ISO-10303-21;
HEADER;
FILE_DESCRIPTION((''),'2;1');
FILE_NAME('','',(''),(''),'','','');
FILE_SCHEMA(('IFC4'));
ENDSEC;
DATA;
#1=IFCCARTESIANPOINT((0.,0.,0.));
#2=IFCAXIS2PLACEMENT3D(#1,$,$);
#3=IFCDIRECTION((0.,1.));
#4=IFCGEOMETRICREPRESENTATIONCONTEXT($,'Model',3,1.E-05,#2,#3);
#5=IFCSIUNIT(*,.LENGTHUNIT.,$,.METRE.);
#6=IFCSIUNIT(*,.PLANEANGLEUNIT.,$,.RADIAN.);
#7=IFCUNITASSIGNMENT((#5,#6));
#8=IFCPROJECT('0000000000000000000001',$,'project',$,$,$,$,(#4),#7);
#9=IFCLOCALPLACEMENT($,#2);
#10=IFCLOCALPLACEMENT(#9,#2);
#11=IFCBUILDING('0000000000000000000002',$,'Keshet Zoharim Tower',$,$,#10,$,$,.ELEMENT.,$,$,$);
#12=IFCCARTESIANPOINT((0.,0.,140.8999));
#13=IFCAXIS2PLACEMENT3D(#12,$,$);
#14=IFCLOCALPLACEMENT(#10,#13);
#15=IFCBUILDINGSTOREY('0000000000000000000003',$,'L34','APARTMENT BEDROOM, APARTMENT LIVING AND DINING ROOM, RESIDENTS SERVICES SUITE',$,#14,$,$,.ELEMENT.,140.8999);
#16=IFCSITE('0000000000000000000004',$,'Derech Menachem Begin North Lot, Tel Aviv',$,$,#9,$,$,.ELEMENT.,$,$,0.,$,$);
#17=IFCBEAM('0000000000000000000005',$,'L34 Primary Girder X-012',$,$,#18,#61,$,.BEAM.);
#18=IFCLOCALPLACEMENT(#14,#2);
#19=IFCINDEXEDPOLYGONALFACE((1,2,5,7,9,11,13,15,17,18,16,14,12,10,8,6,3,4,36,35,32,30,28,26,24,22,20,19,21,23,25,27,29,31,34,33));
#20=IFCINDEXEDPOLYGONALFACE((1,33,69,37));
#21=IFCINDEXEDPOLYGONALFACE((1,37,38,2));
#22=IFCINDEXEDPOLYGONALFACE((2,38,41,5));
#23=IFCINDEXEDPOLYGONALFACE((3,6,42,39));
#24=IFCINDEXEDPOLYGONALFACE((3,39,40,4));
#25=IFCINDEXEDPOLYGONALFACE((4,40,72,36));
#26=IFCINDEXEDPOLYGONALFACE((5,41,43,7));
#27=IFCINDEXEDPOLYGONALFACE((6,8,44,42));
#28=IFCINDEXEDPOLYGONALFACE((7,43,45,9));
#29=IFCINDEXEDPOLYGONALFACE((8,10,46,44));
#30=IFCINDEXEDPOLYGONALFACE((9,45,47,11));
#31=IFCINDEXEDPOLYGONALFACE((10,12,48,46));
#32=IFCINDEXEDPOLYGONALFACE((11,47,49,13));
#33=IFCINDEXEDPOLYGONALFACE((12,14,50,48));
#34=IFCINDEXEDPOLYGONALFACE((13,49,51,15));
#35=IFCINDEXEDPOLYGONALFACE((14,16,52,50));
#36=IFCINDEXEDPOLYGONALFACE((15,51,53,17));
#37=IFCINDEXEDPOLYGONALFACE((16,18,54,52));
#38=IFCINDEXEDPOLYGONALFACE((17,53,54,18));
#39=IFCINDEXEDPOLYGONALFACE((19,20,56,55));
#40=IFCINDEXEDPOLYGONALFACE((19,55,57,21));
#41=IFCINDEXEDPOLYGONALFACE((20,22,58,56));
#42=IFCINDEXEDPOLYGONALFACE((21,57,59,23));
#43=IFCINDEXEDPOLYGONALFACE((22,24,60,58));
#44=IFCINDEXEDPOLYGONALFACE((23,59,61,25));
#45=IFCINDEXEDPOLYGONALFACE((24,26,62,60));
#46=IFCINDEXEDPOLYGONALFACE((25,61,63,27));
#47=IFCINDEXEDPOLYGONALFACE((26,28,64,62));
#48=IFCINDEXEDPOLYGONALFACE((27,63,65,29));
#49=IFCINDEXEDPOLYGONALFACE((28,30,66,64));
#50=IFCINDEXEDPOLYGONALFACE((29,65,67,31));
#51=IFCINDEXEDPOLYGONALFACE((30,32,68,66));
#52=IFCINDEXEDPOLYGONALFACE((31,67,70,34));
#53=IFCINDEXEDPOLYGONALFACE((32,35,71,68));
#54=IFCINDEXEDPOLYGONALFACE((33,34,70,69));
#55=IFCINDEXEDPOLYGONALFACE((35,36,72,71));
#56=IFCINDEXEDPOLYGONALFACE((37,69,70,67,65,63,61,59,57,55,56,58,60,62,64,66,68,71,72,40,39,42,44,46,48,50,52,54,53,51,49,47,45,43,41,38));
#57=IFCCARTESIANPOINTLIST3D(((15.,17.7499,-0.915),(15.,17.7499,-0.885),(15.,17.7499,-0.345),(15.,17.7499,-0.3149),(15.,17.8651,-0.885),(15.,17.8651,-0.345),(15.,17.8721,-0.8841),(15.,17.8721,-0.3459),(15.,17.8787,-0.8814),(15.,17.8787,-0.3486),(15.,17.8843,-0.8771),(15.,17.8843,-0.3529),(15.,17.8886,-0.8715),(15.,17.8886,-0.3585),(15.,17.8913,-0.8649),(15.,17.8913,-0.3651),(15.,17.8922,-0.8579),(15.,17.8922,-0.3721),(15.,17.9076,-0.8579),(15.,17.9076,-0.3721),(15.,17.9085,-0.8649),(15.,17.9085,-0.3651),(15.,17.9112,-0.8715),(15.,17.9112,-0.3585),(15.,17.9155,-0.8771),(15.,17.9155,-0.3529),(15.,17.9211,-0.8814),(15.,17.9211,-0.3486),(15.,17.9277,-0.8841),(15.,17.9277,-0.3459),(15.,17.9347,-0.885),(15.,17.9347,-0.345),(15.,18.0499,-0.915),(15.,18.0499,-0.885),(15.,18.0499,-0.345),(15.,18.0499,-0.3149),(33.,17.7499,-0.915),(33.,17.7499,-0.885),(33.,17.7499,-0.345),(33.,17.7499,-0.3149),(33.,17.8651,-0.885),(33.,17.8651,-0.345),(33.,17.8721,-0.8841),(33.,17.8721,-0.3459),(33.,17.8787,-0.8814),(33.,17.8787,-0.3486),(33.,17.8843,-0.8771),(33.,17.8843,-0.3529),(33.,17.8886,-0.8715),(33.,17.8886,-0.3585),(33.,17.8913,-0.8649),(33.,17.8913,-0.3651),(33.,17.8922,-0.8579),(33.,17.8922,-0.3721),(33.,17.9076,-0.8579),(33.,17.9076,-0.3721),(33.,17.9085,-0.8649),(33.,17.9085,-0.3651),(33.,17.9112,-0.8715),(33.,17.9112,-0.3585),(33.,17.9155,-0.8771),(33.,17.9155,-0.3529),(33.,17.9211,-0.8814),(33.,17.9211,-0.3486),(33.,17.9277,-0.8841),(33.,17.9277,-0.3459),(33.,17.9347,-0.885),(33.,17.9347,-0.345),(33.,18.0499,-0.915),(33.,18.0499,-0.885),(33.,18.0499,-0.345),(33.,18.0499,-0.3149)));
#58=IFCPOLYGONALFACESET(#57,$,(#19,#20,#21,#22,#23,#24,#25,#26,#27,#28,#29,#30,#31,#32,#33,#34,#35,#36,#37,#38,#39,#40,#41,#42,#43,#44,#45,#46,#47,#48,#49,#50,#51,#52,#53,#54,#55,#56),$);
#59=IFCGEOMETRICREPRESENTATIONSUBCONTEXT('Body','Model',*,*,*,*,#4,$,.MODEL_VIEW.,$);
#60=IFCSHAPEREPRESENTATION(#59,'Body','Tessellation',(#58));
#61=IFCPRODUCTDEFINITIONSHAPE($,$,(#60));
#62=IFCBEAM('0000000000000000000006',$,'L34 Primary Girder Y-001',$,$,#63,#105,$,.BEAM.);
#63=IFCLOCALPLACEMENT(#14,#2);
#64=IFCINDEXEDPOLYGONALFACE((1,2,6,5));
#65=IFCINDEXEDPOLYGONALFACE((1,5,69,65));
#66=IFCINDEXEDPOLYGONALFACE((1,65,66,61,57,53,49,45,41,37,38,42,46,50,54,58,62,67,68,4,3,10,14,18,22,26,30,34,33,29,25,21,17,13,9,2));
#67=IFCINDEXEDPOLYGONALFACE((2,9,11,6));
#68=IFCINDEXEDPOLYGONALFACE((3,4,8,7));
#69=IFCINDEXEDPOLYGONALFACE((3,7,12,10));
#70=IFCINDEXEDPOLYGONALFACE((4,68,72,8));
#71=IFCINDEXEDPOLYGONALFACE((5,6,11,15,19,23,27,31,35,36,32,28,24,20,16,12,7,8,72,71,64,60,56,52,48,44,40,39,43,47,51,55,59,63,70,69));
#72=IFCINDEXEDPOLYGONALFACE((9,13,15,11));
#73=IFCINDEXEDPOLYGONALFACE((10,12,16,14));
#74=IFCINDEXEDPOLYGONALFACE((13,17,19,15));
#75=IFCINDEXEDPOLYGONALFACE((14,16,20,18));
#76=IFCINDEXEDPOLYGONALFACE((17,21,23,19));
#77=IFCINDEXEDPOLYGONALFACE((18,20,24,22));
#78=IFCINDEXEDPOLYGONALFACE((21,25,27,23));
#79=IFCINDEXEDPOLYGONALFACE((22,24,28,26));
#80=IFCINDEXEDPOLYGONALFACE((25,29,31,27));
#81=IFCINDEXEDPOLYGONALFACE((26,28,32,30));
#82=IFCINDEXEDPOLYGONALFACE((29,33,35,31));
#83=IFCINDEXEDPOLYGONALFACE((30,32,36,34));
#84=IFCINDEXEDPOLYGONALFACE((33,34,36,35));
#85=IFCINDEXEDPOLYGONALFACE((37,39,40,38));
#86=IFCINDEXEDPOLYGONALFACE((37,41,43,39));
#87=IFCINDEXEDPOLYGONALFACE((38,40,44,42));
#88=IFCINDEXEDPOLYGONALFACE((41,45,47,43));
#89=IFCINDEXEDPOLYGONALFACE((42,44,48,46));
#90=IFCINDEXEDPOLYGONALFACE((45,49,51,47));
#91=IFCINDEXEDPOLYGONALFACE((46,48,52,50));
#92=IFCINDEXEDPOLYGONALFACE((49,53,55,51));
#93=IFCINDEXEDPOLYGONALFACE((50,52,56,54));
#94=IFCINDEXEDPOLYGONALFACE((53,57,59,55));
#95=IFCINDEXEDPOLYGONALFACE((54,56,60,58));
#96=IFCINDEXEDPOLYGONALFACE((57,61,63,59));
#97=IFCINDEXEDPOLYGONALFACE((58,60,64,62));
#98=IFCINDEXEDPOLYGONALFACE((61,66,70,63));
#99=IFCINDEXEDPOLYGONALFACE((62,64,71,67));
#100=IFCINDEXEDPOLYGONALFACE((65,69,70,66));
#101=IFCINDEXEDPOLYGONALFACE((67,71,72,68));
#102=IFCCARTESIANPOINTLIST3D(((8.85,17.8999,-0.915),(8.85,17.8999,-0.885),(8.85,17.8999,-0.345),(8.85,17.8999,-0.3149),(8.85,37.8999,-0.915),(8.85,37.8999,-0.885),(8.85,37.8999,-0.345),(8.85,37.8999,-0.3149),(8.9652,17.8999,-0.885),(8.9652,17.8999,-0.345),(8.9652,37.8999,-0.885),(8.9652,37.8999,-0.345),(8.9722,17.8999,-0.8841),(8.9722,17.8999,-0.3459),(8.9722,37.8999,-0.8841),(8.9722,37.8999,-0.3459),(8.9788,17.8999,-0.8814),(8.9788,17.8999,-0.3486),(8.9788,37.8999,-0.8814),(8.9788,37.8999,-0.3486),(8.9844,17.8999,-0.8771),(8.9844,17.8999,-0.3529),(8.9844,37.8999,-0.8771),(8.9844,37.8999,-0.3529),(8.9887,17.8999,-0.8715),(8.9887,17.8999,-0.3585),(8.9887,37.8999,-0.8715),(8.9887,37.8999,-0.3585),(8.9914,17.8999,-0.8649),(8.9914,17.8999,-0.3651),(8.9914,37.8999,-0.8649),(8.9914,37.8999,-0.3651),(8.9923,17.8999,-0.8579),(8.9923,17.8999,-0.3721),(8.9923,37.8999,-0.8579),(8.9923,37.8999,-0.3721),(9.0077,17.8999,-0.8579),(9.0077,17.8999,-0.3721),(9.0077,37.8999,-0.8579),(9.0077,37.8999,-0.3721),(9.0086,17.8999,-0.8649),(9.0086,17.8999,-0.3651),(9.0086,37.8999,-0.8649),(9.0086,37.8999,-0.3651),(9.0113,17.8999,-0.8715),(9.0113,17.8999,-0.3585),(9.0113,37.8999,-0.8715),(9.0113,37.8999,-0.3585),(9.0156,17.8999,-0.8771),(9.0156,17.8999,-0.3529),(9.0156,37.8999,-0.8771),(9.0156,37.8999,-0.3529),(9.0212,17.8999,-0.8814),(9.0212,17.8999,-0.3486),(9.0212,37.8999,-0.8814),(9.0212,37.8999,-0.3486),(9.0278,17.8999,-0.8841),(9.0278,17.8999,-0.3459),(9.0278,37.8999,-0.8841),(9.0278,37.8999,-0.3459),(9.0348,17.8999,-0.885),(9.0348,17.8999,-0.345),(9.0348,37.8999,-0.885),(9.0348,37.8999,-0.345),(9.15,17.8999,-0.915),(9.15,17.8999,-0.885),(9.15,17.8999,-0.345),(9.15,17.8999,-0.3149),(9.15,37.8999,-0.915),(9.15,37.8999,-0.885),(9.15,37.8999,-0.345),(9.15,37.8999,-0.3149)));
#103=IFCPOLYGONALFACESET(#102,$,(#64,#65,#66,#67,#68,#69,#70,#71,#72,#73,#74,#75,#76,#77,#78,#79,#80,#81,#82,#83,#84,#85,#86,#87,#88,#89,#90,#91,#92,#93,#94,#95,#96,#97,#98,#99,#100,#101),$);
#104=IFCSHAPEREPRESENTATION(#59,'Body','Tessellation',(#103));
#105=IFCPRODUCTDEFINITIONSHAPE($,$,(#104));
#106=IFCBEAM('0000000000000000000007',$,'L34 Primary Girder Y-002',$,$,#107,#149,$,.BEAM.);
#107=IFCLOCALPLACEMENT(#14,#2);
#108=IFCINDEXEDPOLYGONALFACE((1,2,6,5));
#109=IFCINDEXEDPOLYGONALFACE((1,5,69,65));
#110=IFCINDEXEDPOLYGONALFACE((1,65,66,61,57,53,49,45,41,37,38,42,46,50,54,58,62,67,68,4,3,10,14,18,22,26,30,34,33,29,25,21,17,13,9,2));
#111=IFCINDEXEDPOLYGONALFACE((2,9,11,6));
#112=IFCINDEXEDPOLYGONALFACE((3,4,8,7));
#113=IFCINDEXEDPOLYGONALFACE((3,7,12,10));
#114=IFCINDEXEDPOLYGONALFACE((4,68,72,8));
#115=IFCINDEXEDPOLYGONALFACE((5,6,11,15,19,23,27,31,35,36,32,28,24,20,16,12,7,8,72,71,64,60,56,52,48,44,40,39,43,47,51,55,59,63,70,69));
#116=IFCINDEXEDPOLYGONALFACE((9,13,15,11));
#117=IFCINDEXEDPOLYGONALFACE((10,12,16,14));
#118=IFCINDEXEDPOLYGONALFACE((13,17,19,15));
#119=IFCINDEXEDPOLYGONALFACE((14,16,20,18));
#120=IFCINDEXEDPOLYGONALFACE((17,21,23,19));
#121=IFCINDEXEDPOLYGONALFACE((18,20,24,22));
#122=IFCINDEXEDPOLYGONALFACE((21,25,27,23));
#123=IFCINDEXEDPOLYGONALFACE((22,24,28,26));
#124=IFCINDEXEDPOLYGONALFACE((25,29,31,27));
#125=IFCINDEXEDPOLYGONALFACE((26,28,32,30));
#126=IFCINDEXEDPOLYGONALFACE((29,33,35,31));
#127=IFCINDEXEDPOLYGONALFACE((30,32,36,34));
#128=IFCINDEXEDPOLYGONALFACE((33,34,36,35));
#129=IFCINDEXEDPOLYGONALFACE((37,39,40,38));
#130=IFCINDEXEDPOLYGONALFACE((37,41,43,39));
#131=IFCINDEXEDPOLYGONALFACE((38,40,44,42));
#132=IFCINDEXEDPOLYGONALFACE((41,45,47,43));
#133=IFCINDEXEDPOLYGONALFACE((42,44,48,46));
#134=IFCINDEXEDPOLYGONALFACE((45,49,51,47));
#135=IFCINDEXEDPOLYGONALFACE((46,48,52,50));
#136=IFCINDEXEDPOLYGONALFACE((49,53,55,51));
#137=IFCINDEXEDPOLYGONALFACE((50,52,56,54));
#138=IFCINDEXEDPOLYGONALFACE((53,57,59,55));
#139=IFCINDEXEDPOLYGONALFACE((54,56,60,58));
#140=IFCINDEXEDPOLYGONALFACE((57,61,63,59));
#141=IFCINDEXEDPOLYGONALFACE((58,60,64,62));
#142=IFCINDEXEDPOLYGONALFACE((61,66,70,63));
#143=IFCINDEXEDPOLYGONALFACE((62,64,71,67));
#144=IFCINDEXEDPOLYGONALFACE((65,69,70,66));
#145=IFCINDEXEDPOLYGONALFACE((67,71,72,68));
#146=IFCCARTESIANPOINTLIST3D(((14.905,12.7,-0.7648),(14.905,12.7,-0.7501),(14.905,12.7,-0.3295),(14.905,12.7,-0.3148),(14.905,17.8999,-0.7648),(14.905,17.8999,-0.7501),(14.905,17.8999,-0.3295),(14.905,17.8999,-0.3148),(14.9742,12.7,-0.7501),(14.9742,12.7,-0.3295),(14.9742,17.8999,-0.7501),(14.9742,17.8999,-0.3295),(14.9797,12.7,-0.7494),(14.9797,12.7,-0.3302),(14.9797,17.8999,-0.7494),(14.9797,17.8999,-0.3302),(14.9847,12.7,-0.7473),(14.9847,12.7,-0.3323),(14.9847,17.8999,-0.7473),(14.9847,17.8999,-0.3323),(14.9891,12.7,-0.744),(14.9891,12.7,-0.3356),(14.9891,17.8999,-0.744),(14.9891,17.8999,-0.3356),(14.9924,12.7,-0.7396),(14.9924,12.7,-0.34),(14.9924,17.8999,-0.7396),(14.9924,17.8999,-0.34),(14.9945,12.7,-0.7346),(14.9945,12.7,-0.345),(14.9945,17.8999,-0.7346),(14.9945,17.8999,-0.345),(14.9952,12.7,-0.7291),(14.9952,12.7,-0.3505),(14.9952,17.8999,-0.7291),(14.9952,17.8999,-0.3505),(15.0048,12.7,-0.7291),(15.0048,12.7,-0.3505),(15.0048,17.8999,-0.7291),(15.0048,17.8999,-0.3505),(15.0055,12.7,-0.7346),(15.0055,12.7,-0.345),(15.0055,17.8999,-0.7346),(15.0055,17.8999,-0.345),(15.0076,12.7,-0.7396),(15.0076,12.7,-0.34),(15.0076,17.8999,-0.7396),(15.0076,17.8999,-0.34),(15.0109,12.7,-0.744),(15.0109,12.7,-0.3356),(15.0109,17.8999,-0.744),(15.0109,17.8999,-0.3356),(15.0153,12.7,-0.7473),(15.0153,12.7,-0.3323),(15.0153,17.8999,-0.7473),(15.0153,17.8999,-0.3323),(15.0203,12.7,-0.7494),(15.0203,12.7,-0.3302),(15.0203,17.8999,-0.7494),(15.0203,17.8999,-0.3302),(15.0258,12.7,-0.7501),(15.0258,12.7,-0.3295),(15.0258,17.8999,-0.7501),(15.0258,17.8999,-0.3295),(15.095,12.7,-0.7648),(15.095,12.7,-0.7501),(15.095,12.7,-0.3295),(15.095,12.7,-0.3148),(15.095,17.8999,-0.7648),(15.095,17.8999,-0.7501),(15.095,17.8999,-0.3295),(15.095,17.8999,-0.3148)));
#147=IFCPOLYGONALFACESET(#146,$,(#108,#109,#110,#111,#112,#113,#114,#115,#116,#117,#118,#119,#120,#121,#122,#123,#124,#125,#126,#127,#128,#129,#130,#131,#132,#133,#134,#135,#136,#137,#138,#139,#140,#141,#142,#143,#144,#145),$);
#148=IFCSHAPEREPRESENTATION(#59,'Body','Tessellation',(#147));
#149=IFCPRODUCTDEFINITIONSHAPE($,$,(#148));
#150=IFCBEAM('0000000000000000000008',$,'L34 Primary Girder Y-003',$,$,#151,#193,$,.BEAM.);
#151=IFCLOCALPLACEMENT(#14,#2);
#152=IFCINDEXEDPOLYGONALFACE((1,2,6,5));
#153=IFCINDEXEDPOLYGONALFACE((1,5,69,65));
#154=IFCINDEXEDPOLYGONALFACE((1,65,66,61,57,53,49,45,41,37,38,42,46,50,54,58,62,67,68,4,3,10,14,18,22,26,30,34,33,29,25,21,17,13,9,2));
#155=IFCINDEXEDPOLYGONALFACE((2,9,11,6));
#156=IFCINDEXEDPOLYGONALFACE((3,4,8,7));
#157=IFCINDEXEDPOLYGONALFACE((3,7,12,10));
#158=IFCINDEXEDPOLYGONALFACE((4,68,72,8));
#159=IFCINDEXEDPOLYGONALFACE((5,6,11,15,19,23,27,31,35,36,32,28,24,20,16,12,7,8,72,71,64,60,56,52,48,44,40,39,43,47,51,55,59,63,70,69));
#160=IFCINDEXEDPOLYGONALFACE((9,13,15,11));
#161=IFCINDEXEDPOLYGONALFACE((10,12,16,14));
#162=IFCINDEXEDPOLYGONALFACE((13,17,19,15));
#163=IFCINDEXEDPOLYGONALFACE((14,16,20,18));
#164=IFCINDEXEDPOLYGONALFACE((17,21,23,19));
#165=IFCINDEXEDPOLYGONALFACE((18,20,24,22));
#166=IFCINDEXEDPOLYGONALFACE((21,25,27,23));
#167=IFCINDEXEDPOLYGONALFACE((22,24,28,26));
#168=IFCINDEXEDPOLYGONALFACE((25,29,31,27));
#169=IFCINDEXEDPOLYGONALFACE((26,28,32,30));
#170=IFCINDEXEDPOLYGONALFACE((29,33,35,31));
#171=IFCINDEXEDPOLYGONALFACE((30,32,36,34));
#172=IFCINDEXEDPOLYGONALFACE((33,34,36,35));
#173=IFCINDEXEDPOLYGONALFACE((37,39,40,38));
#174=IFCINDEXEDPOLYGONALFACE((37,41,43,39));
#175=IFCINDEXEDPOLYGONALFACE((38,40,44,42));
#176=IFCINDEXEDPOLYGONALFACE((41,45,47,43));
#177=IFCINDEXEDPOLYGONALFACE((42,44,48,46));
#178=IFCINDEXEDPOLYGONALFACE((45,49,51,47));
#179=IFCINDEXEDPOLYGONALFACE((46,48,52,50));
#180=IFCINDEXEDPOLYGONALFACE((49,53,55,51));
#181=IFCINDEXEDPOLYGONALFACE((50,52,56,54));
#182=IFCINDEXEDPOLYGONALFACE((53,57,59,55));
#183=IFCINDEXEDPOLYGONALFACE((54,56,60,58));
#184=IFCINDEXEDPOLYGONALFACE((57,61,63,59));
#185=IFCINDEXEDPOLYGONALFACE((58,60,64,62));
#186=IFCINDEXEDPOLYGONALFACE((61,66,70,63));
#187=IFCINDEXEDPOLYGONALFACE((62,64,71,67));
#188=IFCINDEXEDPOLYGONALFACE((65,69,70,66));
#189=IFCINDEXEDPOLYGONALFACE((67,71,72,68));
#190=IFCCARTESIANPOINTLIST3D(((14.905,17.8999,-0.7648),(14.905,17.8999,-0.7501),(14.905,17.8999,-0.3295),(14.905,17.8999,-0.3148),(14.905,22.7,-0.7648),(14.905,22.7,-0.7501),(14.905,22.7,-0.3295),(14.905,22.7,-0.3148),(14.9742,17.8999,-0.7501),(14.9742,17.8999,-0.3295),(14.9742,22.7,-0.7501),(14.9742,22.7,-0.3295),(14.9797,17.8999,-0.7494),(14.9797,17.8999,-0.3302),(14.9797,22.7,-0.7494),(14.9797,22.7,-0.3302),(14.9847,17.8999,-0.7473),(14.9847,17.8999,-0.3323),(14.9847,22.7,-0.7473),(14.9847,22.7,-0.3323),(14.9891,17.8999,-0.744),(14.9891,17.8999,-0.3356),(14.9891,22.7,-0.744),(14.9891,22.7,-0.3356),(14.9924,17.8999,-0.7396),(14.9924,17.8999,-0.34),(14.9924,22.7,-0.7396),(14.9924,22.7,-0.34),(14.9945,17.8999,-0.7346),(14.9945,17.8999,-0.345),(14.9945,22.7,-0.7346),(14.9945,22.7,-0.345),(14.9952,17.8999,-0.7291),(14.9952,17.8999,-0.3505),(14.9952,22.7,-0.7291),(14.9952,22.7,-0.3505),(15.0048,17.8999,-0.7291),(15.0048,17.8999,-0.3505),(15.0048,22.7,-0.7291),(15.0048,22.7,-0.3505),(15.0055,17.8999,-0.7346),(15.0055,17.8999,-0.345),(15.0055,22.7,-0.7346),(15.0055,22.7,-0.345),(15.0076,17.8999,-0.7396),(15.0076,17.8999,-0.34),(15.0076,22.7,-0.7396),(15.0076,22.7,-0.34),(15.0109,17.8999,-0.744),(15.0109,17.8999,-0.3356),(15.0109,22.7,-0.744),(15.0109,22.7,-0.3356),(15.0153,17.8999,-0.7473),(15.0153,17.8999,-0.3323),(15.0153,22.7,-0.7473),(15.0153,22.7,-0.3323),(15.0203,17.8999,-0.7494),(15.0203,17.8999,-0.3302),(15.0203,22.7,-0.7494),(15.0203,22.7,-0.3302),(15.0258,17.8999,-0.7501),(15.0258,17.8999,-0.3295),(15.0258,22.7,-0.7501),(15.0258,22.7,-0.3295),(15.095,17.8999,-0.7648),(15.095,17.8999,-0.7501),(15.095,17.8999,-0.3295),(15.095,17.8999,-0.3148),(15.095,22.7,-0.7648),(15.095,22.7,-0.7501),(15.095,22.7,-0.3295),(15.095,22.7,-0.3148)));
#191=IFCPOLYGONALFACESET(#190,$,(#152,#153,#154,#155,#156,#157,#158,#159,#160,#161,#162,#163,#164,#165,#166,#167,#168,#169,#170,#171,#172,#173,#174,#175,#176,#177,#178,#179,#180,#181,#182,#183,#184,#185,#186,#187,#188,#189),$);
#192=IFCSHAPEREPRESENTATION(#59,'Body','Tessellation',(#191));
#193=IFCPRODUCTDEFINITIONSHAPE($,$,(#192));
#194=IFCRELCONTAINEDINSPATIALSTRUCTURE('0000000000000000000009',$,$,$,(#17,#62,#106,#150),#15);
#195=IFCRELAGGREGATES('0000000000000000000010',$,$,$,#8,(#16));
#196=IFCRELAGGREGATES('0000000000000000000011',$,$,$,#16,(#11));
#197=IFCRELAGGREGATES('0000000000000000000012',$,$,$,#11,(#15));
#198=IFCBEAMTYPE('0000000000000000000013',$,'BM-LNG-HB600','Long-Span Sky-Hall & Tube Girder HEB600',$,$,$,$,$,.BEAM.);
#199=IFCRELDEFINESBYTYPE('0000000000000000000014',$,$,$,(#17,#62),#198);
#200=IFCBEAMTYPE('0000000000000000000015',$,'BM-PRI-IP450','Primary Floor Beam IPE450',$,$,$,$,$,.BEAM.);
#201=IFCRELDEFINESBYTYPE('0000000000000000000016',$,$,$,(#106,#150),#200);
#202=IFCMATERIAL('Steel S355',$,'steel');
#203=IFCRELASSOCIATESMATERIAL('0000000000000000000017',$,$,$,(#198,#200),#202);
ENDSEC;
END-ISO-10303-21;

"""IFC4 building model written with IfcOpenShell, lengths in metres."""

from ifc_helpers import new_model, si_unit, direction, frame, origin, origin_2d, place, context, subcontext, project, spatial, i_section, extrude, material, material_profile, profile_set, type_object, element, save


model = new_model("IFC4")

# Units and contexts
model_context = context("Model", 3, precision=1e-05, world=origin(), true_north=direction((0.0, 1.0)))
body_context = subcontext(model_context, "Body", "Model", "MODEL_VIEW")
ifc_project = project(units=[si_unit("LENGTHUNIT", "METRE"), si_unit("PLANEANGLEUNIT", "RADIAN")], contexts=[model_context])

# Site, building, storey
site_placement = place(None, origin())
site = spatial("IfcSite", under=ifc_project, at=site_placement, Name="Derech Menachem Begin North Lot, Tel Aviv", CompositionType="ELEMENT", RefElevation=0.0)
building_placement = place(site_placement, origin())
building = spatial("IfcBuilding", under=site, at=building_placement, Name="Keshet Zoharim Tower", CompositionType="ELEMENT")
storey_placement = place(building_placement, frame((0.0, 0.0, 140.8999)))
storey = spatial("IfcBuildingStorey", under=building, at=storey_placement, Name="L34", Description="APARTMENT BEDROOM, APARTMENT LIVING AND DINING ROOM, RESIDENTS SERVICES SUITE", CompositionType="ELEMENT", Elevation=140.8999)

# Shared definitions
ifc_material_1 = material(Name="Steel S355", Category="steel")

# Beams
ifc_material_profile_1 = material_profile(ifc_material_1, i_section(OverallWidth=0.3, OverallDepth=0.6001, WebThickness=0.0154, FlangeThickness=0.03, FilletRadius=0.0271, at=origin_2d()), Name="HEB600")
ifc_profile_set_1 = profile_set([ifc_material_profile_1], Name="Steel S355")
beam_type_1 = type_object("IfcBeamType", Name="BM-LNG-HB600", Description="Long-Span Sky-Hall & Tube Girder HEB600", PredefinedType="BEAM", material=ifc_profile_set_1)
for number, where, z_axis, x_axis, name in (
    (1, (15.0, 17.8999, -0.615), (1.0, 0.0, 0.0), (0.0, 1.0, 0.0), "L34 Primary Girder X-012"),
):
    element("IfcBeam", number, at=place(storey_placement, frame(where, z_axis=z_axis, x_axis=x_axis)), inside=storey, type_object=beam_type_1, Name=name, PredefinedType="BEAM", context=body_context, shape_type="SweptSolid", body=[
        extrude(i_section(OverallWidth=0.3, OverallDepth=0.6001, WebThickness=0.0154, FlangeThickness=0.03, FilletRadius=0.0271, at=origin_2d()), origin(), (0.0, 0.0, 1.0), 18.0),
    ])
beam_1_placement = place(storey_placement, frame((9.0, 17.8999, -0.615), z_axis=(0.0, 1.0, 0.0), x_axis=(-1.0, 0.0, 0.0)))
element("IfcBeam", 2, at=beam_1_placement, inside=storey, type_object=beam_type_1, Name="L34 Primary Girder Y-001", PredefinedType="BEAM", context=body_context, shape_type="SweptSolid", body=[
    extrude(i_section(OverallWidth=0.3, OverallDepth=0.6001, WebThickness=0.0154, FlangeThickness=0.03, FilletRadius=0.0271, at=origin_2d()), origin(), (0.0, 0.0, 1.0), 20.0),
])
ifc_material_profile_2 = material_profile(ifc_material_1, i_section(OverallWidth=0.1899, OverallDepth=0.45, WebThickness=0.0095, FlangeThickness=0.0146, FilletRadius=0.021, at=origin_2d()), Name="IPE450")
ifc_profile_set_2 = profile_set([ifc_material_profile_2], Name="Steel S355")
beam_type_2 = type_object("IfcBeamType", Name="BM-PRI-IP450", Description="Primary Floor Beam IPE450", PredefinedType="BEAM", material=ifc_profile_set_2)
beam_2_placement = place(storey_placement, frame((15.0, 12.7, -0.5398), z_axis=(0.0, 1.0, 0.0), x_axis=(-1.0, 0.0, 0.0)))
element("IfcBeam", 3, at=beam_2_placement, inside=storey, type_object=beam_type_2, Name="L34 Primary Girder Y-002", PredefinedType="BEAM", context=body_context, shape_type="SweptSolid", body=[
    extrude(i_section(OverallWidth=0.1899, OverallDepth=0.45, WebThickness=0.0095, FlangeThickness=0.0146, FilletRadius=0.021, at=origin_2d()), origin(), (0.0, 0.0, 1.0), 5.2),
])
beam_3_placement = place(storey_placement, frame((15.0, 17.8999, -0.5398), z_axis=(0.0, 1.0, 0.0), x_axis=(-1.0, 0.0, 0.0)))
element("IfcBeam", 4, at=beam_3_placement, inside=storey, type_object=beam_type_2, Name="L34 Primary Girder Y-003", PredefinedType="BEAM", context=body_context, shape_type="SweptSolid", body=[
    extrude(i_section(OverallWidth=0.1899, OverallDepth=0.45, WebThickness=0.0095, FlangeThickness=0.0146, FilletRadius=0.021, at=origin_2d()), origin(), (0.0, 0.0, 1.0), 4.8),
])

save(model, "model.ifc")
